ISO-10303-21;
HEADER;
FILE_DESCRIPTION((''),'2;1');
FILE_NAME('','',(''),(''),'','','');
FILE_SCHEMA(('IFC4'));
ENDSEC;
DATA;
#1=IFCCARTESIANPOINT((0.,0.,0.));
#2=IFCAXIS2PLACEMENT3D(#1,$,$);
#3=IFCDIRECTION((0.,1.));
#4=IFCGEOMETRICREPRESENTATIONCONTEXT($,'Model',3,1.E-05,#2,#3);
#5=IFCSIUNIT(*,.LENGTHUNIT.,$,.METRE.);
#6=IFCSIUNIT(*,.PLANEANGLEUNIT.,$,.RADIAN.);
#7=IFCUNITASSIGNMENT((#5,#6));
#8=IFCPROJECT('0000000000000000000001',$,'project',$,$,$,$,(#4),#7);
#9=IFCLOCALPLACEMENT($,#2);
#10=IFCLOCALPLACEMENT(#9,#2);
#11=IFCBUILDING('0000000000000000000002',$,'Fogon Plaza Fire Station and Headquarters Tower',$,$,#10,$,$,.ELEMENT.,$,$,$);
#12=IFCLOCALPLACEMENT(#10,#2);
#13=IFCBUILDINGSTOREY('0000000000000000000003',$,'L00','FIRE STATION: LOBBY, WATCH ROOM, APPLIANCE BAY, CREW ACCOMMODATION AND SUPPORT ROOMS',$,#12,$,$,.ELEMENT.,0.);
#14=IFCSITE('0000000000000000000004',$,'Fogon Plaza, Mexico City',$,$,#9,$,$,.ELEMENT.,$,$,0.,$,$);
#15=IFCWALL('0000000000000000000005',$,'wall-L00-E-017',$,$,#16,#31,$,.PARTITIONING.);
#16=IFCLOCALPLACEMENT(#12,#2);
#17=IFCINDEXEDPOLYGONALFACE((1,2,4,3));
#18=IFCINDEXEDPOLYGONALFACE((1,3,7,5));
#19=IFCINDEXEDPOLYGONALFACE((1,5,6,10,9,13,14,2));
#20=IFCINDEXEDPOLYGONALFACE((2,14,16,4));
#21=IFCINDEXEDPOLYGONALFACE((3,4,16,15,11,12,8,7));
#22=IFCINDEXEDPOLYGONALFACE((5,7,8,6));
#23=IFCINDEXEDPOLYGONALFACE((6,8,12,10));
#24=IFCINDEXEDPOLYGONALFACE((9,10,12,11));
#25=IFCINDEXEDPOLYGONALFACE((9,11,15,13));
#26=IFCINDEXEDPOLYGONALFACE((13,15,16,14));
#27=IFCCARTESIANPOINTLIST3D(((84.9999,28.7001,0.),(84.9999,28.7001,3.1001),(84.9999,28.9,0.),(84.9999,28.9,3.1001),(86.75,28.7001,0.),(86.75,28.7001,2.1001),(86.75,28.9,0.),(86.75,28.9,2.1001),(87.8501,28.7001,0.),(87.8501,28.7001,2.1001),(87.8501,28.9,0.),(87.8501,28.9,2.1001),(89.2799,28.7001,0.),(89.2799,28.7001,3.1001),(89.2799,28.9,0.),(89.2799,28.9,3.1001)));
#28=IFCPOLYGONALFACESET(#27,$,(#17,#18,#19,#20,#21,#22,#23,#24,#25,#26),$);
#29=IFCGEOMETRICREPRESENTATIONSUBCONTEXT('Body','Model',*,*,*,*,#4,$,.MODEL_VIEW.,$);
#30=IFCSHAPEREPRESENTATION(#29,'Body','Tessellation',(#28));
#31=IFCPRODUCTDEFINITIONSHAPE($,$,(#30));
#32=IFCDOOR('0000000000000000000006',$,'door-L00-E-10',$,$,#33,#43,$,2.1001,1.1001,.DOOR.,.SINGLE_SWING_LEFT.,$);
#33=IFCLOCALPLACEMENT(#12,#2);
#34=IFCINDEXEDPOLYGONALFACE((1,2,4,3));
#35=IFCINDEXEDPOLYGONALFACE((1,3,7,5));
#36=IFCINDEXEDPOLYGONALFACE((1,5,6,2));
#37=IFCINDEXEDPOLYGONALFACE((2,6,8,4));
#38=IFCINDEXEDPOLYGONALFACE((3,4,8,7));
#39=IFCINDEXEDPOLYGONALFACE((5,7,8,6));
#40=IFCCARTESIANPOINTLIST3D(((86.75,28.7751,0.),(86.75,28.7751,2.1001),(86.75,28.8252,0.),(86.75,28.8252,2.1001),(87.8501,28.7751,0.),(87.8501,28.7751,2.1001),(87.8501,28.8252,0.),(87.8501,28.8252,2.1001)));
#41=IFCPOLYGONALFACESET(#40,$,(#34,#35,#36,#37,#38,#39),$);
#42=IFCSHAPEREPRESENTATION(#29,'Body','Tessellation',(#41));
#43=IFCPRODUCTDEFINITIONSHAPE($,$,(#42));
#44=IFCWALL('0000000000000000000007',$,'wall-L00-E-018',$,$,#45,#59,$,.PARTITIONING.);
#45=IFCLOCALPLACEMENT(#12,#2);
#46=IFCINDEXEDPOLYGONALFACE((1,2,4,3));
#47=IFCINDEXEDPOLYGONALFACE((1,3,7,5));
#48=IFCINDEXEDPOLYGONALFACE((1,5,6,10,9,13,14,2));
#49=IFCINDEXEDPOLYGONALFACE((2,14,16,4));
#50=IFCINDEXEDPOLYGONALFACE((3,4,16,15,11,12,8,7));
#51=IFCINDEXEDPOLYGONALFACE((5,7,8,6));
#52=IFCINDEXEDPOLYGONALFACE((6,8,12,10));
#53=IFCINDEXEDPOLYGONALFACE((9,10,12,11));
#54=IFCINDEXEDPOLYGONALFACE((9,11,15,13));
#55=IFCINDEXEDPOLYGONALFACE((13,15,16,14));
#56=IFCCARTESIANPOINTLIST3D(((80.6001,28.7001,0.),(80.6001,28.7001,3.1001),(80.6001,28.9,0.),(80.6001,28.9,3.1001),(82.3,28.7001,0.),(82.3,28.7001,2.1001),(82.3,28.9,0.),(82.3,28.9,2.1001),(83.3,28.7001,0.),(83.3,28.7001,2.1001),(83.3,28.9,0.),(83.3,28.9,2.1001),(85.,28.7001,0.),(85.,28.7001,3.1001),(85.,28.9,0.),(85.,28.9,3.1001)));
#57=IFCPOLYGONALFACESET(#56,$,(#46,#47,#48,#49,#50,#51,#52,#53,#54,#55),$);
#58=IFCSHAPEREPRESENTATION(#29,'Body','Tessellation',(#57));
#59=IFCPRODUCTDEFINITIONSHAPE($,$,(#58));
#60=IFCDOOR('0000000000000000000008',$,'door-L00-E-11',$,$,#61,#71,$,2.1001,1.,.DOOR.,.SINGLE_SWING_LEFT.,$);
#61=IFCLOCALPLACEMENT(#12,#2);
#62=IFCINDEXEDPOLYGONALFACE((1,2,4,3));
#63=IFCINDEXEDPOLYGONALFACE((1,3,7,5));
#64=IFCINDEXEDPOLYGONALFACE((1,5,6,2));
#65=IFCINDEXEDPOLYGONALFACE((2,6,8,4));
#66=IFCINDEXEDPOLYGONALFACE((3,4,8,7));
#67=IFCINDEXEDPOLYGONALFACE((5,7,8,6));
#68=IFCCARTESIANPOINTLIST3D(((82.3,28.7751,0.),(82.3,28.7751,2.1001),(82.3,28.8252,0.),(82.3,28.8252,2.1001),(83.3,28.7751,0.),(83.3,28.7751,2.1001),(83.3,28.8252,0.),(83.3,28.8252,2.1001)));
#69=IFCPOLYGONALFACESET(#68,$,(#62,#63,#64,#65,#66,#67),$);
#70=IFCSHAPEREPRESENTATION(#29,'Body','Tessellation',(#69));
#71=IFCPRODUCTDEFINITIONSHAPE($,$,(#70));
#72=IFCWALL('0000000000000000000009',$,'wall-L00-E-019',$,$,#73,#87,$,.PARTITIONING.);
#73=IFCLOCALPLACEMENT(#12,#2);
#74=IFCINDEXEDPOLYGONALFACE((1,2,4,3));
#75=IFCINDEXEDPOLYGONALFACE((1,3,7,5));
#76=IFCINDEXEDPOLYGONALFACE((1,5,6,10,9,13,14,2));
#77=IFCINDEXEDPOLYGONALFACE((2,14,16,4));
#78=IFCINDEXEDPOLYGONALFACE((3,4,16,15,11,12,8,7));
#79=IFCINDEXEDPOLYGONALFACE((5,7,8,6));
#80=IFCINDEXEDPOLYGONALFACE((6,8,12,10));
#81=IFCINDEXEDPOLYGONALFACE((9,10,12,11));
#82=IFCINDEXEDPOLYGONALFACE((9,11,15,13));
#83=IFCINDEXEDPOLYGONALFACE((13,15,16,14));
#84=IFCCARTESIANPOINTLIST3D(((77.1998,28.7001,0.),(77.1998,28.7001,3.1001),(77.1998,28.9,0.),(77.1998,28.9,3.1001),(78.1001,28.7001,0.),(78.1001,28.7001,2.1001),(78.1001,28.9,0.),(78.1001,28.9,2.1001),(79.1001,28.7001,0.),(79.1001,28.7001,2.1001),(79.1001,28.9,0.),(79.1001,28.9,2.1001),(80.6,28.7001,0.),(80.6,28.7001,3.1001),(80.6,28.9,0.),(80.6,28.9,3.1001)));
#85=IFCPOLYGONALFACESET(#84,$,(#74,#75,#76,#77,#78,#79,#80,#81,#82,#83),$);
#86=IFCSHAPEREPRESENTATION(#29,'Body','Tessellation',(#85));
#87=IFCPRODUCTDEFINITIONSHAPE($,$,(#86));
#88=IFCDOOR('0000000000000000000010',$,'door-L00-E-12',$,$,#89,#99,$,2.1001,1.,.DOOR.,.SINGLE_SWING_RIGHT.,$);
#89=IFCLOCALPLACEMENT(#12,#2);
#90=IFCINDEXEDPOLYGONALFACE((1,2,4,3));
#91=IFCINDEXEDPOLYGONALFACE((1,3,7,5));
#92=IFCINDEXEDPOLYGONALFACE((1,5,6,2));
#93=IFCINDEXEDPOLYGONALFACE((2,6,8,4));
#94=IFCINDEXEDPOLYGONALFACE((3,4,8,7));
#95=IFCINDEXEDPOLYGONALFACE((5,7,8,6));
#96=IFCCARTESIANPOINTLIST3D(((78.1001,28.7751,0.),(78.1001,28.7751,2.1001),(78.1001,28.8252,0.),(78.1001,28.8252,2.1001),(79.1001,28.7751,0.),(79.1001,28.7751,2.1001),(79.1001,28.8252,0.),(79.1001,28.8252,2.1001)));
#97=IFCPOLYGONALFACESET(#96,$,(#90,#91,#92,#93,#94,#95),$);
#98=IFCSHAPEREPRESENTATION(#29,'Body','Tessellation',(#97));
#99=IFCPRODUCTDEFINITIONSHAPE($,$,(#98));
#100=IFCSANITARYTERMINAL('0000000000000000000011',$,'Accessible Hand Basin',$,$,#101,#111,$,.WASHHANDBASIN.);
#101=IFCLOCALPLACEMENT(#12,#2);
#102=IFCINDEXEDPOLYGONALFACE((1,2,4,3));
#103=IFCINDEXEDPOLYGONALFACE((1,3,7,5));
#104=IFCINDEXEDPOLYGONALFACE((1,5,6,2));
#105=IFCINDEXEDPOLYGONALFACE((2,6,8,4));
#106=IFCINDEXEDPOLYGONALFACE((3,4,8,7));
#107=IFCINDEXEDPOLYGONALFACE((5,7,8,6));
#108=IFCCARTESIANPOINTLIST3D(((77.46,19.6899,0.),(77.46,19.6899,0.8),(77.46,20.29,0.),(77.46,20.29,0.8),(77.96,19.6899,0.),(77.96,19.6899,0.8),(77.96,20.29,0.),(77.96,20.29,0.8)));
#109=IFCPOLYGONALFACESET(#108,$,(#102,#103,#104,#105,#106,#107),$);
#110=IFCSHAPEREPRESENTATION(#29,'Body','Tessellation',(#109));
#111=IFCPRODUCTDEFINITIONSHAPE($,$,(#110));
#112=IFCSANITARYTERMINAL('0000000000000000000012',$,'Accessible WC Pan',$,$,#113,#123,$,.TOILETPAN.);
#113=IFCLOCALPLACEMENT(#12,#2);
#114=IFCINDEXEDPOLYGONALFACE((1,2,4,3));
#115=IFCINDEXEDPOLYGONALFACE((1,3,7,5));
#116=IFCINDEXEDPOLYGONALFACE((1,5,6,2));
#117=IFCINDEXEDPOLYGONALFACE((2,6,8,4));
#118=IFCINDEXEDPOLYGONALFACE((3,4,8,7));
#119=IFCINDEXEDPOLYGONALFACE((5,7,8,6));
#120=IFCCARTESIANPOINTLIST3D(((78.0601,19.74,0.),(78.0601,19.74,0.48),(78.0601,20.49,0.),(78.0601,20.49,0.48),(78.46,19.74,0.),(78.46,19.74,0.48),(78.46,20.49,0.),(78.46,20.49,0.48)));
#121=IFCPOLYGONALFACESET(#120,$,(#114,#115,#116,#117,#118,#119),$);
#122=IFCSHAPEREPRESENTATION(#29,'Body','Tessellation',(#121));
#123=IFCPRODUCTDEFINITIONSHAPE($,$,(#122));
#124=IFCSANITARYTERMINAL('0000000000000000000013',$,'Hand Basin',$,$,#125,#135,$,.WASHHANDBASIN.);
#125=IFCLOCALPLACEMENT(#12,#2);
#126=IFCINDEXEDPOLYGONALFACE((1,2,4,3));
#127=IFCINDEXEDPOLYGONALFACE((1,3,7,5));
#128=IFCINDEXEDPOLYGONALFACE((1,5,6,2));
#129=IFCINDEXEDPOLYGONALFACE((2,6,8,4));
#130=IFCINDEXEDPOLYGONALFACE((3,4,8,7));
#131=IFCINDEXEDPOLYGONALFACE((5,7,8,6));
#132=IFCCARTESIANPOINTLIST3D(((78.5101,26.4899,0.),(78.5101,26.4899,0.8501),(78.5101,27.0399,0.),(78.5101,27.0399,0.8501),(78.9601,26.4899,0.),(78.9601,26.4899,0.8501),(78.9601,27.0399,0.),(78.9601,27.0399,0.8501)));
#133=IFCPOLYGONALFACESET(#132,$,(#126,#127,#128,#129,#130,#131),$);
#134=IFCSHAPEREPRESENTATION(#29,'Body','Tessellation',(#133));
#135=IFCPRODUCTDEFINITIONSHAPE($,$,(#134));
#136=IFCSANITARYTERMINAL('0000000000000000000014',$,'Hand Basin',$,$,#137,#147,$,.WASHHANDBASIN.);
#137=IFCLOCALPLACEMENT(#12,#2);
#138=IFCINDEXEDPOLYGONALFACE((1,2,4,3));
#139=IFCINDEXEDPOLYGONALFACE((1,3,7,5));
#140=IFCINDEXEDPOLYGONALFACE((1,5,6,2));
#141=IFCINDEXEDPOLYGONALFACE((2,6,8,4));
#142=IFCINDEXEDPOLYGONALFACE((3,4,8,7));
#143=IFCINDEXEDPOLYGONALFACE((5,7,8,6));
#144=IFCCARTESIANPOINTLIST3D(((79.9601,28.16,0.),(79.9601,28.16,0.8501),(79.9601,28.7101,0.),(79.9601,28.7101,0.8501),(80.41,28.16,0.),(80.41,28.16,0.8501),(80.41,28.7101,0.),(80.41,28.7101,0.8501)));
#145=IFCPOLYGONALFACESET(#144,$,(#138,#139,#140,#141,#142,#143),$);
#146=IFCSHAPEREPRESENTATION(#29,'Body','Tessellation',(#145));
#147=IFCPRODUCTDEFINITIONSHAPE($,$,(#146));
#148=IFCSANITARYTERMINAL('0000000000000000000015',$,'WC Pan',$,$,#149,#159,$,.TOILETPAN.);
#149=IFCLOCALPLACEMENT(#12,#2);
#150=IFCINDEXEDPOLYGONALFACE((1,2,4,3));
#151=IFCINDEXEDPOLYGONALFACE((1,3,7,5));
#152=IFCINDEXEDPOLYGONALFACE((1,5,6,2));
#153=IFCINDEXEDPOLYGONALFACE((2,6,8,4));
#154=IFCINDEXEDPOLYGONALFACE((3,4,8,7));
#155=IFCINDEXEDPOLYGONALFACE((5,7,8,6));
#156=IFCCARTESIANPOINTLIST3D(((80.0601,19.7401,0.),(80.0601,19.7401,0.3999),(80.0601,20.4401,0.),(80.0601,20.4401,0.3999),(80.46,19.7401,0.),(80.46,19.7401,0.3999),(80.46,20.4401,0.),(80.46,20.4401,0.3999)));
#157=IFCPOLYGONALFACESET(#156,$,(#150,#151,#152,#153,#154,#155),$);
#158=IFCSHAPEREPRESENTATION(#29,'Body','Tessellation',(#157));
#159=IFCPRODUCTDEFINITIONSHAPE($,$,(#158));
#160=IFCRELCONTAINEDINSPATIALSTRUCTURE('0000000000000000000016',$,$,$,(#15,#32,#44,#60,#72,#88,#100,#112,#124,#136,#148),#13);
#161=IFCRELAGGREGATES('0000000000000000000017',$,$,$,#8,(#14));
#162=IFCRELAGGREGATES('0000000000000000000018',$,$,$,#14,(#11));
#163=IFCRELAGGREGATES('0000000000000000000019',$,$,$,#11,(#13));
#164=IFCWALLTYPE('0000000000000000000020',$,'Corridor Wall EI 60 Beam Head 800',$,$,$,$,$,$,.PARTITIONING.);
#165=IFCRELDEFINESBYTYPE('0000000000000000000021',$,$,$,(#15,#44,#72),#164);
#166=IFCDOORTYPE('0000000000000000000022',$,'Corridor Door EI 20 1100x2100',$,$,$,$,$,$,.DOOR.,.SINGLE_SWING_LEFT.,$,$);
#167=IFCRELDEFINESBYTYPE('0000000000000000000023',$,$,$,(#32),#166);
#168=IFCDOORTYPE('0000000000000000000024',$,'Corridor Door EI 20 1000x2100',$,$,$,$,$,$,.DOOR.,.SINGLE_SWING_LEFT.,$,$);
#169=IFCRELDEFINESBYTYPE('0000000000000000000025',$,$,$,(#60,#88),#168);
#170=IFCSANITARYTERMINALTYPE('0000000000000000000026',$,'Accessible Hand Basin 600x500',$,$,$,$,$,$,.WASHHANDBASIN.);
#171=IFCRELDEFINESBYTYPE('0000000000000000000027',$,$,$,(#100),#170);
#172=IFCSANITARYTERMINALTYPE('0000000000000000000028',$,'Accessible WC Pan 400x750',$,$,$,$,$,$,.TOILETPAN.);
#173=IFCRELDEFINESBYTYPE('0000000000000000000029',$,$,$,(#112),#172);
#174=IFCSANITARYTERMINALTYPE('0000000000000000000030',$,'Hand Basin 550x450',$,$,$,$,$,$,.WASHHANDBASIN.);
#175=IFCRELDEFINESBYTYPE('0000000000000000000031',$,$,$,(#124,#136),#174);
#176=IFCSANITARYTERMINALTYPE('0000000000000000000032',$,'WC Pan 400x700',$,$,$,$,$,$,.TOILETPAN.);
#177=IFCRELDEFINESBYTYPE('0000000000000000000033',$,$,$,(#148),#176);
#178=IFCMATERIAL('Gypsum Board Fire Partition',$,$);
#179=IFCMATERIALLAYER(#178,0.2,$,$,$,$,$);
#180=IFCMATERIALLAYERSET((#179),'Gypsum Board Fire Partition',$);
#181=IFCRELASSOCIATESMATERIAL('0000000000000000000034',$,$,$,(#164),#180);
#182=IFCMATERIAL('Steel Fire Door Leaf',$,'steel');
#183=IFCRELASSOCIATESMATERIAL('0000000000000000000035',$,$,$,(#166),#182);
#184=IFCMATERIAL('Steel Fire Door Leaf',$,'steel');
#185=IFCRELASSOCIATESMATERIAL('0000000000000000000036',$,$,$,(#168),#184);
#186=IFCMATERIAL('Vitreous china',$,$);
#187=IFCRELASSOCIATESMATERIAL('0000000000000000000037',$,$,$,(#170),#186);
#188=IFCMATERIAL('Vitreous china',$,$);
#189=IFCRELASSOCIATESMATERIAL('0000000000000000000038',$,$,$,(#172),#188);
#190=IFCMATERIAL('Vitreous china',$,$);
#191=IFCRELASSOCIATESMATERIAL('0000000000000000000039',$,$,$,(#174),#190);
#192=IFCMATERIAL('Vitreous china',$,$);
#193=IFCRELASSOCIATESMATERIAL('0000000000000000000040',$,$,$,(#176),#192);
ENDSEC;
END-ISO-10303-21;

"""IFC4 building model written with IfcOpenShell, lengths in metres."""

from ifc_helpers import new_model, si_unit, direction, frame, frame_2d, origin, origin_2d, place, context, subcontext, project, spatial, rectangle, extrude, material, layer, layer_set, type_object, element, fill, save


model = new_model("IFC4")

# Units and contexts
model_context = context("Model", 3, precision=1e-05, world=origin(), true_north=direction((0.0, 1.0)))
body_context = subcontext(model_context, "Body", "Model", "MODEL_VIEW")
ifc_project = project(units=[si_unit("LENGTHUNIT", "METRE"), si_unit("PLANEANGLEUNIT", "RADIAN")], contexts=[model_context])

# Site, building, storey
site_placement = place(None, origin())
site = spatial("IfcSite", under=ifc_project, at=site_placement, Name="Fogon Plaza, Mexico City", CompositionType="ELEMENT", RefElevation=0.0)
building_placement = place(site_placement, origin())
building = spatial("IfcBuilding", under=site, at=building_placement, Name="Fogon Plaza Fire Station and Headquarters Tower", CompositionType="ELEMENT")
storey_placement = place(building_placement, origin())
storey = spatial("IfcBuildingStorey", under=building, at=storey_placement, Name="L00", Description="FIRE STATION: LOBBY, WATCH ROOM, APPLIANCE BAY, CREW ACCOMMODATION AND SUPPORT ROOMS", CompositionType="ELEMENT", Elevation=0.0)

# Walls, openings, doors
ifc_material_1 = material(Name="Gypsum Board Fire Partition")
ifc_layer_1 = layer(ifc_material_1, 0.2)
ifc_layer_set_1 = layer_set([ifc_layer_1], Name="Gypsum Board Fire Partition")
wall_type_1 = type_object("IfcWallType", Name="Corridor Wall EI 60 Beam Head 800", PredefinedType="PARTITIONING", material=ifc_layer_set_1)
wall_1_placement = place(storey_placement, frame((89.28, 28.8, 0.0), z_axis=(0.0, 0.0, 1.0), x_axis=(-1.0, 0.0, 0.0)))
wall_1 = element("IfcWall", 1, at=wall_1_placement, inside=storey, type_object=wall_type_1, Name="wall-L00-E-017", PredefinedType="PARTITIONING", context=body_context, shape_type="SweptSolid", body=[
    extrude(rectangle(XDim=4.28, YDim=0.2, at=frame_2d((2.1401, 0.0))), origin(), (0.0, 0.0, 1.0), 3.1001),
])
opening_1_placement = place(wall_1_placement, frame((1.4299, 0.0, 0.0)))
opening_1 = element("IfcOpeningElement", 2, at=opening_1_placement, cuts=wall_1, PredefinedType="OPENING", context=body_context, shape_type="SweptSolid", body=[
    extrude(rectangle(XDim=1.1001, YDim=2.1001, at=frame_2d((0.55, 1.05))), frame((0.0, 0.1099, 0.0), z_axis=(0.0, -1.0, 0.0), x_axis=(1.0, 0.0, 0.0)), (0.0, 0.0, 1.0), 0.22),
])
ifc_material_2 = material(Name="Steel Fire Door Leaf", Category="steel")
door_type_1 = type_object("IfcDoorType", Name="Corridor Door EI 20 1100x2100", OperationType="SINGLE_SWING_LEFT", PredefinedType="DOOR", material=ifc_material_2)
door_1_placement = place(opening_1_placement, origin())
door_1 = element("IfcDoor", 3, at=door_1_placement, inside=storey, type_object=door_type_1, Name="door-L00-E-10", OperationType="SINGLE_SWING_LEFT", OverallHeight=2.1001, OverallWidth=1.1001, PredefinedType="DOOR", context=body_context, shape_type="SweptSolid", body=[
    extrude(rectangle(XDim=1.1001, YDim=2.1001, at=frame_2d((0.55, 1.05))), frame((0.0, 0.0249, 0.0), z_axis=(0.0, -1.0, 0.0), x_axis=(1.0, 0.0, 0.0)), (0.0, 0.0, 1.0), 0.05),
])
fill(opening_1, door_1)
wall_2_placement = place(storey_placement, frame((85.0, 28.8, 0.0), z_axis=(0.0, 0.0, 1.0), x_axis=(-1.0, 0.0, 0.0)))
wall_2 = element("IfcWall", 4, at=wall_2_placement, inside=storey, type_object=wall_type_1, Name="wall-L00-E-018", PredefinedType="PARTITIONING", context=body_context, shape_type="SweptSolid", body=[
    extrude(rectangle(XDim=4.3999, YDim=0.2, at=frame_2d((2.2, 0.0))), origin(), (0.0, 0.0, 1.0), 3.1001),
])
opening_2_placement = place(wall_2_placement, frame((1.7, 0.0, 0.0)))
opening_2 = element("IfcOpeningElement", 5, at=opening_2_placement, cuts=wall_2, PredefinedType="OPENING", context=body_context, shape_type="SweptSolid", body=[
    extrude(rectangle(XDim=1.0, YDim=2.1001, at=frame_2d((0.5, 1.05))), frame((0.0, 0.1099, 0.0), z_axis=(0.0, -1.0, 0.0), x_axis=(1.0, 0.0, 0.0)), (0.0, 0.0, 1.0), 0.22),
])
ifc_material_3 = material(Name="Steel Fire Door Leaf", Category="steel")
door_type_2 = type_object("IfcDoorType", Name="Corridor Door EI 20 1000x2100", OperationType="SINGLE_SWING_LEFT", PredefinedType="DOOR", material=ifc_material_3)
door_2_placement = place(opening_2_placement, origin())
door_2 = element("IfcDoor", 6, at=door_2_placement, inside=storey, type_object=door_type_2, Name="door-L00-E-11", OperationType="SINGLE_SWING_LEFT", OverallHeight=2.1001, OverallWidth=1.0, PredefinedType="DOOR", context=body_context, shape_type="SweptSolid", body=[
    extrude(rectangle(XDim=1.0, YDim=2.1001, at=frame_2d((0.5, 1.05))), frame((0.0, 0.0249, 0.0), z_axis=(0.0, -1.0, 0.0), x_axis=(1.0, 0.0, 0.0)), (0.0, 0.0, 1.0), 0.05),
])
fill(opening_2, door_2)
wall_3_placement = place(storey_placement, frame((80.6001, 28.8, 0.0), z_axis=(0.0, 0.0, 1.0), x_axis=(-1.0, 0.0, 0.0)))
wall_3 = element("IfcWall", 7, at=wall_3_placement, inside=storey, type_object=wall_type_1, Name="wall-L00-E-019", PredefinedType="PARTITIONING", context=body_context, shape_type="SweptSolid", body=[
    extrude(rectangle(XDim=3.4001, YDim=0.2, at=frame_2d((1.7002, 0.0))), origin(), (0.0, 0.0, 1.0), 3.1001),
])
opening_3_placement = place(wall_3_placement, frame((1.5, 0.0, 0.0)))
opening_3 = element("IfcOpeningElement", 8, at=opening_3_placement, cuts=wall_3, PredefinedType="OPENING", context=body_context, shape_type="SweptSolid", body=[
    extrude(rectangle(XDim=1.0, YDim=2.1001, at=frame_2d((0.5, 1.05))), frame((0.0, 0.1099, 0.0), z_axis=(0.0, -1.0, 0.0), x_axis=(1.0, 0.0, 0.0)), (0.0, 0.0, 1.0), 0.22),
])
door_3_placement = place(opening_3_placement, origin())
door_3 = element("IfcDoor", 9, at=door_3_placement, inside=storey, type_object=door_type_2, Name="door-L00-E-12", OperationType="SINGLE_SWING_RIGHT", OverallHeight=2.1001, OverallWidth=1.0, PredefinedType="DOOR", context=body_context, shape_type="SweptSolid", body=[
    extrude(rectangle(XDim=1.0, YDim=2.1001, at=frame_2d((0.5, 1.05))), frame((0.0, 0.0249, 0.0), z_axis=(0.0, -1.0, 0.0), x_axis=(1.0, 0.0, 0.0)), (0.0, 0.0, 1.0), 0.05),
])
fill(opening_3, door_3)

# Sanitary terminals
ifc_material_4 = material(Name="Vitreous china")
sanitary_terminal_type_1 = type_object("IfcSanitaryTerminalType", Name="Accessible Hand Basin 600x500", PredefinedType="WASHHANDBASIN", material=ifc_material_4)
sanitary_terminal_1_placement = place(storey_placement, frame((77.71, 19.99, 0.0), z_axis=(0.0, 0.0, 1.0), x_axis=(1.0, 0.0, 0.0)))
element("IfcSanitaryTerminal", 10, at=sanitary_terminal_1_placement, inside=storey, type_object=sanitary_terminal_type_1, Name="Accessible Hand Basin", PredefinedType="WASHHANDBASIN", context=body_context, shape_type="SweptSolid", body=[
    extrude(rectangle(XDim=0.5, YDim=0.6001, at=origin_2d()), origin(), (0.0, 0.0, 1.0), 0.8),
])
ifc_material_5 = material(Name="Vitreous china")
sanitary_terminal_type_2 = type_object("IfcSanitaryTerminalType", Name="Accessible WC Pan 400x750", PredefinedType="TOILETPAN", material=ifc_material_5)
sanitary_terminal_2_placement = place(storey_placement, frame((78.26, 20.115, 0.0), z_axis=(0.0, 0.0, 1.0), x_axis=(1.0, 0.0, 0.0)))
element("IfcSanitaryTerminal", 11, at=sanitary_terminal_2_placement, inside=storey, type_object=sanitary_terminal_type_2, Name="Accessible WC Pan", PredefinedType="TOILETPAN", context=body_context, shape_type="SweptSolid", body=[
    extrude(rectangle(XDim=0.3999, YDim=0.75, at=origin_2d()), origin(), (0.0, 0.0, 1.0), 0.48),
])
ifc_material_6 = material(Name="Vitreous china")
sanitary_terminal_type_3 = type_object("IfcSanitaryTerminalType", Name="Hand Basin 550x450", PredefinedType="WASHHANDBASIN", material=ifc_material_6)
for number, where, z_axis, x_axis, name in (
    (12, (78.7351, 26.7649, 0.0), (0.0, 0.0, 1.0), (1.0, 0.0, 0.0), "Hand Basin"),
    (13, (80.1851, 28.4351, 0.0), (0.0, 0.0, 1.0), (1.0, 0.0, 0.0), "Hand Basin"),
):
    element("IfcSanitaryTerminal", number, at=place(storey_placement, frame(where, z_axis=z_axis, x_axis=x_axis)), inside=storey, type_object=sanitary_terminal_type_3, Name=name, PredefinedType="WASHHANDBASIN", context=body_context, shape_type="SweptSolid", body=[
        extrude(rectangle(XDim=0.45, YDim=0.55, at=origin_2d()), origin(), (0.0, 0.0, 1.0), 0.8501),
    ])
ifc_material_7 = material(Name="Vitreous china")
sanitary_terminal_type_4 = type_object("IfcSanitaryTerminalType", Name="WC Pan 400x700", PredefinedType="TOILETPAN", material=ifc_material_7)
sanitary_terminal_3_placement = place(storey_placement, frame((80.26, 20.0901, 0.0), z_axis=(0.0, 0.0, 1.0), x_axis=(1.0, 0.0, 0.0)))
element("IfcSanitaryTerminal", 14, at=sanitary_terminal_3_placement, inside=storey, type_object=sanitary_terminal_type_4, Name="WC Pan", PredefinedType="TOILETPAN", context=body_context, shape_type="SweptSolid", body=[
    extrude(rectangle(XDim=0.3999, YDim=0.7, at=origin_2d()), origin(), (0.0, 0.0, 1.0), 0.3999),
])

save(model, "model.ifc")
